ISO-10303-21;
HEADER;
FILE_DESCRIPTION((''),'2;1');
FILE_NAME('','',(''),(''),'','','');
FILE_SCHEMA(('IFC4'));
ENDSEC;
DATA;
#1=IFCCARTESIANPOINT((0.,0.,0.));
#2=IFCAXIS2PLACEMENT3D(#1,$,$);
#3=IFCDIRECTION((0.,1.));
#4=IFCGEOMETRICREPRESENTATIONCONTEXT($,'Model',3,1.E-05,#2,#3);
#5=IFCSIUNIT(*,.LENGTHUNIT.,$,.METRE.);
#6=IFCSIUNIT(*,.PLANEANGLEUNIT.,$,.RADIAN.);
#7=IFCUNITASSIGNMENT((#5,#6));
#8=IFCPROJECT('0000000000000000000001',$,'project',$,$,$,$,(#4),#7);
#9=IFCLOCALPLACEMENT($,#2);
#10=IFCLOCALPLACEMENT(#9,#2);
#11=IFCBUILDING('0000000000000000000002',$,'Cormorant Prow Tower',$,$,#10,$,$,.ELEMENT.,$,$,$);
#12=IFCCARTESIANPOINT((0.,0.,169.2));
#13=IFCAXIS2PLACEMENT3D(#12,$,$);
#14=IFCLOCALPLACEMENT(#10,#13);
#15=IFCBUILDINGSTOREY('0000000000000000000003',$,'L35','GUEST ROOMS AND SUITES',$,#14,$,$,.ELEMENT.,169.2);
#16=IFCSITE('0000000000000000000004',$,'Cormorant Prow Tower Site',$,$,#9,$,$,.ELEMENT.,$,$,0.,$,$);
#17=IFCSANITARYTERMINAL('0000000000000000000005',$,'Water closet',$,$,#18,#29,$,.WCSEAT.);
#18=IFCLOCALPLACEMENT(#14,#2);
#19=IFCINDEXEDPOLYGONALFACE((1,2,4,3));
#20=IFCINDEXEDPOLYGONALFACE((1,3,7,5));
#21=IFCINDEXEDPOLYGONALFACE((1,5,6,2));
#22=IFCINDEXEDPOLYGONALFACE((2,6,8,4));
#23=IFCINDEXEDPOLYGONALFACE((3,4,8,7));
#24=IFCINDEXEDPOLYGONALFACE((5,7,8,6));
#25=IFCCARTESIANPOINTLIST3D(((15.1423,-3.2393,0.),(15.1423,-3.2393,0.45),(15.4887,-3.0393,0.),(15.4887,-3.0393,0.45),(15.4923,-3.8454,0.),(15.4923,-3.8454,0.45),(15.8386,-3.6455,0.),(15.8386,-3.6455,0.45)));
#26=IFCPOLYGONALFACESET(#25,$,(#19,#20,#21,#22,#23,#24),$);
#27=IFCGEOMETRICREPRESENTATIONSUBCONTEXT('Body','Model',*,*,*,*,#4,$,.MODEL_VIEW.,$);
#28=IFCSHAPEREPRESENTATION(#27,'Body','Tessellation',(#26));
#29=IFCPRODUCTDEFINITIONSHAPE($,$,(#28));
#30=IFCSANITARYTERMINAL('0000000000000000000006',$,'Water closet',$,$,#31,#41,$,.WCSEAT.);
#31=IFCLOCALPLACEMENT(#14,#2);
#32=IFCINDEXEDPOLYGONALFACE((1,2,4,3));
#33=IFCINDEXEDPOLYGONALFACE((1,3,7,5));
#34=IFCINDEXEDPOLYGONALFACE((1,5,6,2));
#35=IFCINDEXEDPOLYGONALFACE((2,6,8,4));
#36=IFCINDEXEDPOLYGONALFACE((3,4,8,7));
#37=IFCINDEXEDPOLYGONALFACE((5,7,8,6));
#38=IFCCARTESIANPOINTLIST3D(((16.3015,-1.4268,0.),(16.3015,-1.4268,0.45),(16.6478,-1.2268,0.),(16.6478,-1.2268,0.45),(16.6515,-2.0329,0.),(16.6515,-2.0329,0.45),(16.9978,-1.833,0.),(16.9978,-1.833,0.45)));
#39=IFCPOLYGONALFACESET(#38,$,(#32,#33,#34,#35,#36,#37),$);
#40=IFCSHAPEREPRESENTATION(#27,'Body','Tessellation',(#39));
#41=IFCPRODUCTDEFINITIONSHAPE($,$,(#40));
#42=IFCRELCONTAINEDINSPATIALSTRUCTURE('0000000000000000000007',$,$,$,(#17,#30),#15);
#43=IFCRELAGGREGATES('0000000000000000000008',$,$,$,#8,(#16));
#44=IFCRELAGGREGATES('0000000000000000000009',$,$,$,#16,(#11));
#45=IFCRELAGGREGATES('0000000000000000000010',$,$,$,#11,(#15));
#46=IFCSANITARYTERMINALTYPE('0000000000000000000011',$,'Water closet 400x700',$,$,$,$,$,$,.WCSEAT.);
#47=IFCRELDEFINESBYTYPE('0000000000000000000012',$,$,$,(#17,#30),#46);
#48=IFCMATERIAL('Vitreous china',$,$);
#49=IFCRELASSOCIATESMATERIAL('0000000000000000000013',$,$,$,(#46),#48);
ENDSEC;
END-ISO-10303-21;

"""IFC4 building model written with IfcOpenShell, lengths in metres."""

from ifc_helpers import new_model, si_unit, direction, frame, origin, origin_2d, place, context, subcontext, project, spatial, rectangle, extrude, material, type_object, element, save


model = new_model("IFC4")

# Units and contexts
model_context = context("Model", 3, precision=1e-05, world=origin(), true_north=direction((0.0, 1.0)))
body_context = subcontext(model_context, "Body", "Model", "MODEL_VIEW")
ifc_project = project(units=[si_unit("LENGTHUNIT", "METRE"), si_unit("PLANEANGLEUNIT", "RADIAN")], contexts=[model_context])

# Site, building, storey
site_placement = place(None, origin())
site = spatial("IfcSite", under=ifc_project, at=site_placement, Name="Cormorant Prow Tower Site", CompositionType="ELEMENT", RefElevation=0.0)
building_placement = place(site_placement, origin())
building = spatial("IfcBuilding", under=site, at=building_placement, Name="Cormorant Prow Tower", CompositionType="ELEMENT")
storey_placement = place(building_placement, frame((0.0, 0.0, 169.2)))
storey = spatial("IfcBuildingStorey", under=building, at=storey_placement, Name="L35", Description="GUEST ROOMS AND SUITES", CompositionType="ELEMENT", Elevation=169.2)

# Sanitary terminals
ifc_material_1 = material(Name="Vitreous china")
sanitary_terminal_type_1 = type_object("IfcSanitaryTerminalType", Name="Water closet 400x700", PredefinedType="WCSEAT", material=ifc_material_1)
for number, where, z_axis, x_axis, name in (
    (1, (15.4905, -3.4424, 0.0), (0.0, 0.0, 1.0), (0.866025, 0.5, 0.0), "Water closet"),
    (2, (16.6497, -1.6299, 0.0), (0.0, 0.0, 1.0), (-0.866025, -0.5, 0.0), "Water closet"),
):
    element("IfcSanitaryTerminal", number, at=place(storey_placement, frame(where, z_axis=z_axis, x_axis=x_axis)), inside=storey, type_object=sanitary_terminal_type_1, Name=name, PredefinedType="WCSEAT", context=body_context, shape_type="SweptSolid", body=[
        extrude(rectangle(XDim=0.3999, YDim=0.7, at=origin_2d()), origin(), (0.0, 0.0, 1.0), 0.45),
    ])

save(model, "model.ifc")
